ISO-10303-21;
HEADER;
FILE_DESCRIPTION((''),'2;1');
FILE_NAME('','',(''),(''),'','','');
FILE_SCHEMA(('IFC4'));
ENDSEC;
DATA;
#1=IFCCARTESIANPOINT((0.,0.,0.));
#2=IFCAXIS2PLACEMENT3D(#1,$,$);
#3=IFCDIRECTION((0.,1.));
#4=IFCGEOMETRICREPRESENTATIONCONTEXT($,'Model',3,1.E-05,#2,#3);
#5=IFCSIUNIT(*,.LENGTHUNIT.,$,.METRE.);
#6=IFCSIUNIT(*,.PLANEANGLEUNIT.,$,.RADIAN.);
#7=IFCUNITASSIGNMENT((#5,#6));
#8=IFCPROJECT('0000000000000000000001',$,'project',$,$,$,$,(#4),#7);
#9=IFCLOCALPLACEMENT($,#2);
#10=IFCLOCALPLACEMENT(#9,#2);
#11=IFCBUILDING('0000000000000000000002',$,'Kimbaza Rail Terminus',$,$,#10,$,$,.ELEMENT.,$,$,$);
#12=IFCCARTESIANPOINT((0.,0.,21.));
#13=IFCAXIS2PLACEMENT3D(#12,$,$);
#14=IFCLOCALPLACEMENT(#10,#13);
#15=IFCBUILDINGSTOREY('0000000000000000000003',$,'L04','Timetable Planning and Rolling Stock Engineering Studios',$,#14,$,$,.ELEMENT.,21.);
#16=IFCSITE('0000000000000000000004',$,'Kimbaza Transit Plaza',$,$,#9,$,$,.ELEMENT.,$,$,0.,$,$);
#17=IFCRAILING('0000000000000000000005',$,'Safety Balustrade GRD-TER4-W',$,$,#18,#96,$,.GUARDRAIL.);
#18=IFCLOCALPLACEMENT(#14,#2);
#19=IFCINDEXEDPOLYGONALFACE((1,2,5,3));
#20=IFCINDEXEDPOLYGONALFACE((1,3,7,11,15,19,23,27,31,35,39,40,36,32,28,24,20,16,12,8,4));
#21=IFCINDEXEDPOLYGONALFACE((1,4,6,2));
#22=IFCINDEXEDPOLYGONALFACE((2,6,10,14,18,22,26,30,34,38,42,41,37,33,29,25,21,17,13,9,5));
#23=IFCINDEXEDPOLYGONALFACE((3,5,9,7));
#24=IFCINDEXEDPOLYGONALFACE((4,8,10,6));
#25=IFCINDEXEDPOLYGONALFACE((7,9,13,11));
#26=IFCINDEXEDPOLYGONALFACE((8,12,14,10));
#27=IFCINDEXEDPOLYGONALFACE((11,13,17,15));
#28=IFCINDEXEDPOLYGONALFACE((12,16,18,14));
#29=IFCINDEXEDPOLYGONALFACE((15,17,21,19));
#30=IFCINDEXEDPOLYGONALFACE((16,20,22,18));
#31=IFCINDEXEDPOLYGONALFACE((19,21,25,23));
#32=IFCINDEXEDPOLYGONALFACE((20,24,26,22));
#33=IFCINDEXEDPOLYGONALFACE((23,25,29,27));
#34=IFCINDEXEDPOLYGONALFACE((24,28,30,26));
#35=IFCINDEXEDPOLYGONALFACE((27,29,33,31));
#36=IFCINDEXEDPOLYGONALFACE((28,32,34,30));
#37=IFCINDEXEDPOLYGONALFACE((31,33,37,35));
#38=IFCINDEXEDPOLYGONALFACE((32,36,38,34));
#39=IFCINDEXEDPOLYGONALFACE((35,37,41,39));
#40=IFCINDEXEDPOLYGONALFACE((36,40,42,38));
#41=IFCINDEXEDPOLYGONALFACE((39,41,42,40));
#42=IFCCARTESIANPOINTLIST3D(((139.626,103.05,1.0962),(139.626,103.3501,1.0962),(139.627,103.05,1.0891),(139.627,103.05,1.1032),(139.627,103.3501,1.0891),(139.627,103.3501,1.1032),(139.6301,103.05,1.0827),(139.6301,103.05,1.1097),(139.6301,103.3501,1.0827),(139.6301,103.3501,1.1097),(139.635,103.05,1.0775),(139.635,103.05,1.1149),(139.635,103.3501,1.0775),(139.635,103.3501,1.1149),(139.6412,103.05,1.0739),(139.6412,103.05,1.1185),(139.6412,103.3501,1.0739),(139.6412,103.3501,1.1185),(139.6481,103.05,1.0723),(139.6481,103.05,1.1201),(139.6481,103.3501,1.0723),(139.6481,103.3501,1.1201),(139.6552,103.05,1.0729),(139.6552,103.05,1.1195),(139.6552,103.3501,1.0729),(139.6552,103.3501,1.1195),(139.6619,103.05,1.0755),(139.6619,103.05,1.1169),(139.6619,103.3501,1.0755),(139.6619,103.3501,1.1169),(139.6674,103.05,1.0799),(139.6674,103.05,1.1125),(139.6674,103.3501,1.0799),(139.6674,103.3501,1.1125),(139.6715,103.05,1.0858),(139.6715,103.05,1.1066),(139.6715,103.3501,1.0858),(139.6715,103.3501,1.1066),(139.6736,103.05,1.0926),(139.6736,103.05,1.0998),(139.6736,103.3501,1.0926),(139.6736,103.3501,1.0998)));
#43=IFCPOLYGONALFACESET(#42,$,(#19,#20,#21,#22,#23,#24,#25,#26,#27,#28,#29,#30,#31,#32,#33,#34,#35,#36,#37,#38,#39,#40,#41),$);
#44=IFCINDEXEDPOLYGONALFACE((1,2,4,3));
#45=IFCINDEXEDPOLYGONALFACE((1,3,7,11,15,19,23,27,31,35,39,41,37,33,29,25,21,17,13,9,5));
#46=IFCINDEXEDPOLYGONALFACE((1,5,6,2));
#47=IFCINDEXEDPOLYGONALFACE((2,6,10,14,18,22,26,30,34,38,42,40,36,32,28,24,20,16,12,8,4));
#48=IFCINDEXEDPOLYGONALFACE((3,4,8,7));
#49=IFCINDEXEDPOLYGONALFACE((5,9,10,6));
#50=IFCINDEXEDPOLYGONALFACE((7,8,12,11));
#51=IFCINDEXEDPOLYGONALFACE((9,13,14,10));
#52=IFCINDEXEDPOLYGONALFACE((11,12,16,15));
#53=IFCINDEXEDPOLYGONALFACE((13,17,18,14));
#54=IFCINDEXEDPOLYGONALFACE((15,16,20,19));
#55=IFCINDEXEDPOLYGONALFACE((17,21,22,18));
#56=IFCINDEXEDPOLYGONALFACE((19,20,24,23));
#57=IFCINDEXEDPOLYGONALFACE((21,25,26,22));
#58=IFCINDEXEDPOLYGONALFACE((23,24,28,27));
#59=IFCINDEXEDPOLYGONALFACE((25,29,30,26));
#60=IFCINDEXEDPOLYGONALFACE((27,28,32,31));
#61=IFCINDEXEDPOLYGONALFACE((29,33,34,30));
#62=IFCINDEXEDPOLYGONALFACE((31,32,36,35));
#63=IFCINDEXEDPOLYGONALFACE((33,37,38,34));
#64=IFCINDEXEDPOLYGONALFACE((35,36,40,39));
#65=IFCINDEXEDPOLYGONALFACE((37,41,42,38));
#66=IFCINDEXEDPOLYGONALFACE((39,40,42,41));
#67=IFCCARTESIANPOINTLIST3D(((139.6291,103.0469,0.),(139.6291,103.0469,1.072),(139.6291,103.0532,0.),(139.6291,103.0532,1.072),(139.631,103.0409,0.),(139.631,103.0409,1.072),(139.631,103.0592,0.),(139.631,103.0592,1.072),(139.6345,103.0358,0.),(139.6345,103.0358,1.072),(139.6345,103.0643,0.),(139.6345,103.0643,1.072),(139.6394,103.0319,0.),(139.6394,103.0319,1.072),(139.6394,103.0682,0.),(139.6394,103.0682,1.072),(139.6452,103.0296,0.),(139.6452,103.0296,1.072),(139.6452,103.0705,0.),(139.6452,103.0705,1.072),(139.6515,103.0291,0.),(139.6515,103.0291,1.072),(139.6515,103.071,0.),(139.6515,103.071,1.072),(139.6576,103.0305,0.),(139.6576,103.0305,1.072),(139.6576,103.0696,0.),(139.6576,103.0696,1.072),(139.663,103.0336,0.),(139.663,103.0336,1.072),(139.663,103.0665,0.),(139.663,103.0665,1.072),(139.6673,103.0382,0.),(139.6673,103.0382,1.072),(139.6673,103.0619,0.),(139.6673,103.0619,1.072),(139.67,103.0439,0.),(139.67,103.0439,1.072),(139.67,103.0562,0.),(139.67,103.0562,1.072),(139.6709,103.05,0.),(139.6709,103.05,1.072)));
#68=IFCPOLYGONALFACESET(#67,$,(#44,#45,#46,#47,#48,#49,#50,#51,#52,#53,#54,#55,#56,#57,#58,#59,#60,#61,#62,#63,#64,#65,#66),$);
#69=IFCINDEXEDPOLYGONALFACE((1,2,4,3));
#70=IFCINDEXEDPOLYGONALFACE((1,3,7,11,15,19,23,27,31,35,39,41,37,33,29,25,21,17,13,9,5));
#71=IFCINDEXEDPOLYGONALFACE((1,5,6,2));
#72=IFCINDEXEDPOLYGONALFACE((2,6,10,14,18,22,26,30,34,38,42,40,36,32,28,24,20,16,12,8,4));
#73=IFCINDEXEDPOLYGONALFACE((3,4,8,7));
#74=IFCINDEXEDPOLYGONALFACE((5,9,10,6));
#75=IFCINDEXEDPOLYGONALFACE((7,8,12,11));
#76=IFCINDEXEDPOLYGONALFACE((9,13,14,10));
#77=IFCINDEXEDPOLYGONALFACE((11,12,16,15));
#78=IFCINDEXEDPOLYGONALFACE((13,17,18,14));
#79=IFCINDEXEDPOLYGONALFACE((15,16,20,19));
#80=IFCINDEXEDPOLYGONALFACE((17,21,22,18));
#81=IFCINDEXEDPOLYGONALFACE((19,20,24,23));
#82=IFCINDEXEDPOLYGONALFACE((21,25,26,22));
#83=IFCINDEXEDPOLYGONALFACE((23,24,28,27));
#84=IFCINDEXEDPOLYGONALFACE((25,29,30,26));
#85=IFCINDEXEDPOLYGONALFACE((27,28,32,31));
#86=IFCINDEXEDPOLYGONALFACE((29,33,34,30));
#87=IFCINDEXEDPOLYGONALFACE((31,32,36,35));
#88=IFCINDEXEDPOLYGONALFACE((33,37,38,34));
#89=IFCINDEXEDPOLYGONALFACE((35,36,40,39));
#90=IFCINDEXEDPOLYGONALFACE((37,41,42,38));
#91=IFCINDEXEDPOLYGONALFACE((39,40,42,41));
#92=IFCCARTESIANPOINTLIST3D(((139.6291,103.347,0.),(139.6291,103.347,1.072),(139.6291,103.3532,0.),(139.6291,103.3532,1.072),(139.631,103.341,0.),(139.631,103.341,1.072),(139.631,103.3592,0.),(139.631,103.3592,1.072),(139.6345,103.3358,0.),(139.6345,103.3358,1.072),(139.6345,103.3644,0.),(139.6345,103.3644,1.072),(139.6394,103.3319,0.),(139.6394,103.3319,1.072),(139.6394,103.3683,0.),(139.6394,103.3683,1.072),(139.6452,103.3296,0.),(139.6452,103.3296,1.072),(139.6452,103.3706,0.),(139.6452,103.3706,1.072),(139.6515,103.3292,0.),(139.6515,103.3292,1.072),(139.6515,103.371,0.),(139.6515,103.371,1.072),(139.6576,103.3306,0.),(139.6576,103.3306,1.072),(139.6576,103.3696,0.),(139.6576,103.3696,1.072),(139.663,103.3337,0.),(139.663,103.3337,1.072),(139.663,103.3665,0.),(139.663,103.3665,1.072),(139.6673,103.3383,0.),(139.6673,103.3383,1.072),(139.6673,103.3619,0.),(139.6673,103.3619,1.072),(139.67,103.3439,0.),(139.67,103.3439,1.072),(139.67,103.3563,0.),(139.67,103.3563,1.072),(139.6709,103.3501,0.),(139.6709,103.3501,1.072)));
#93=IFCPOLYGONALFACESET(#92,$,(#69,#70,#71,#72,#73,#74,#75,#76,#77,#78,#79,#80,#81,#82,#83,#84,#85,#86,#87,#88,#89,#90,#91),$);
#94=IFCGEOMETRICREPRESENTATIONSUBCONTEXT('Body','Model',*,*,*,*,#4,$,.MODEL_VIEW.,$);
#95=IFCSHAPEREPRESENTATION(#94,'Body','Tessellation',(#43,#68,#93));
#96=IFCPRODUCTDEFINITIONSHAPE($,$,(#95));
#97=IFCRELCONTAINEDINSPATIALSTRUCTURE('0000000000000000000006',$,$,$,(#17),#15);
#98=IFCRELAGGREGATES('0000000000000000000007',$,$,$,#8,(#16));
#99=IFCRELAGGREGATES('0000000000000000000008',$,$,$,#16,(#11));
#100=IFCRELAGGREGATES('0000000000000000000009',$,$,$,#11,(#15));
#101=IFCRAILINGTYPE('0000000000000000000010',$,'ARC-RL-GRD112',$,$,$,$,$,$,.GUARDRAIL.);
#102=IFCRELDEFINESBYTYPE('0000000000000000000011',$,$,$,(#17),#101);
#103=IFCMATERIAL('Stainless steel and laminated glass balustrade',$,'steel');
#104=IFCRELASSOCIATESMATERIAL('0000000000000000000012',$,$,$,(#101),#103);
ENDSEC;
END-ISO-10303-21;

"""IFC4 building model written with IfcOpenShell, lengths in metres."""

from ifc_helpers import new_model, si_unit, direction, frame, origin, origin_2d, place, context, subcontext, project, spatial, circle, extrude, material, type_object, element, save


model = new_model("IFC4")

# Units and contexts
model_context = context("Model", 3, precision=1e-05, world=origin(), true_north=direction((0.0, 1.0)))
body_context = subcontext(model_context, "Body", "Model", "MODEL_VIEW")
ifc_project = project(units=[si_unit("LENGTHUNIT", "METRE"), si_unit("PLANEANGLEUNIT", "RADIAN")], contexts=[model_context])

# Site, building, storey
site_placement = place(None, origin())
site = spatial("IfcSite", under=ifc_project, at=site_placement, Name="Kimbaza Transit Plaza", CompositionType="ELEMENT", RefElevation=0.0)
building_placement = place(site_placement, origin())
building = spatial("IfcBuilding", under=site, at=building_placement, Name="Kimbaza Rail Terminus", CompositionType="ELEMENT")
storey_placement = place(building_placement, frame((0.0, 0.0, 21.0)))
storey = spatial("IfcBuildingStorey", under=building, at=storey_placement, Name="L04", Description="Timetable Planning and Rolling Stock Engineering Studios", CompositionType="ELEMENT", Elevation=21.0)

# Railing
ifc_material_1 = material(Name="Stainless steel and laminated glass balustrade", Category="steel")
railing_type = type_object("IfcRailingType", Name="ARC-RL-GRD112", PredefinedType="GUARDRAIL", material=ifc_material_1)
railing_1_placement = place(storey_placement, frame((139.6499, 103.05, 0.0)))
element("IfcRailing", 1, at=railing_1_placement, inside=storey, type_object=railing_type, Name="Safety Balustrade GRD-TER4-W", PredefinedType="GUARDRAIL", context=body_context, shape_type="SweptSolid", body=[
    extrude(circle(Radius=0.0239, at=origin_2d()), frame((0.0, 0.0, 1.0962), z_axis=(0.0, 1.0, 0.0), x_axis=(-1.0, 0.0, 0.0)), (0.0, 0.0, 1.0), 0.3),
    extrude(circle(Radius=0.021, at=origin_2d()), origin(), (0.0, 0.0, 1.0), 1.072),
    extrude(circle(Radius=0.021, at=origin_2d()), frame((0.0, 0.3, 0.0)), (0.0, 0.0, 1.0), 1.072),
])

save(model, "model.ifc")
